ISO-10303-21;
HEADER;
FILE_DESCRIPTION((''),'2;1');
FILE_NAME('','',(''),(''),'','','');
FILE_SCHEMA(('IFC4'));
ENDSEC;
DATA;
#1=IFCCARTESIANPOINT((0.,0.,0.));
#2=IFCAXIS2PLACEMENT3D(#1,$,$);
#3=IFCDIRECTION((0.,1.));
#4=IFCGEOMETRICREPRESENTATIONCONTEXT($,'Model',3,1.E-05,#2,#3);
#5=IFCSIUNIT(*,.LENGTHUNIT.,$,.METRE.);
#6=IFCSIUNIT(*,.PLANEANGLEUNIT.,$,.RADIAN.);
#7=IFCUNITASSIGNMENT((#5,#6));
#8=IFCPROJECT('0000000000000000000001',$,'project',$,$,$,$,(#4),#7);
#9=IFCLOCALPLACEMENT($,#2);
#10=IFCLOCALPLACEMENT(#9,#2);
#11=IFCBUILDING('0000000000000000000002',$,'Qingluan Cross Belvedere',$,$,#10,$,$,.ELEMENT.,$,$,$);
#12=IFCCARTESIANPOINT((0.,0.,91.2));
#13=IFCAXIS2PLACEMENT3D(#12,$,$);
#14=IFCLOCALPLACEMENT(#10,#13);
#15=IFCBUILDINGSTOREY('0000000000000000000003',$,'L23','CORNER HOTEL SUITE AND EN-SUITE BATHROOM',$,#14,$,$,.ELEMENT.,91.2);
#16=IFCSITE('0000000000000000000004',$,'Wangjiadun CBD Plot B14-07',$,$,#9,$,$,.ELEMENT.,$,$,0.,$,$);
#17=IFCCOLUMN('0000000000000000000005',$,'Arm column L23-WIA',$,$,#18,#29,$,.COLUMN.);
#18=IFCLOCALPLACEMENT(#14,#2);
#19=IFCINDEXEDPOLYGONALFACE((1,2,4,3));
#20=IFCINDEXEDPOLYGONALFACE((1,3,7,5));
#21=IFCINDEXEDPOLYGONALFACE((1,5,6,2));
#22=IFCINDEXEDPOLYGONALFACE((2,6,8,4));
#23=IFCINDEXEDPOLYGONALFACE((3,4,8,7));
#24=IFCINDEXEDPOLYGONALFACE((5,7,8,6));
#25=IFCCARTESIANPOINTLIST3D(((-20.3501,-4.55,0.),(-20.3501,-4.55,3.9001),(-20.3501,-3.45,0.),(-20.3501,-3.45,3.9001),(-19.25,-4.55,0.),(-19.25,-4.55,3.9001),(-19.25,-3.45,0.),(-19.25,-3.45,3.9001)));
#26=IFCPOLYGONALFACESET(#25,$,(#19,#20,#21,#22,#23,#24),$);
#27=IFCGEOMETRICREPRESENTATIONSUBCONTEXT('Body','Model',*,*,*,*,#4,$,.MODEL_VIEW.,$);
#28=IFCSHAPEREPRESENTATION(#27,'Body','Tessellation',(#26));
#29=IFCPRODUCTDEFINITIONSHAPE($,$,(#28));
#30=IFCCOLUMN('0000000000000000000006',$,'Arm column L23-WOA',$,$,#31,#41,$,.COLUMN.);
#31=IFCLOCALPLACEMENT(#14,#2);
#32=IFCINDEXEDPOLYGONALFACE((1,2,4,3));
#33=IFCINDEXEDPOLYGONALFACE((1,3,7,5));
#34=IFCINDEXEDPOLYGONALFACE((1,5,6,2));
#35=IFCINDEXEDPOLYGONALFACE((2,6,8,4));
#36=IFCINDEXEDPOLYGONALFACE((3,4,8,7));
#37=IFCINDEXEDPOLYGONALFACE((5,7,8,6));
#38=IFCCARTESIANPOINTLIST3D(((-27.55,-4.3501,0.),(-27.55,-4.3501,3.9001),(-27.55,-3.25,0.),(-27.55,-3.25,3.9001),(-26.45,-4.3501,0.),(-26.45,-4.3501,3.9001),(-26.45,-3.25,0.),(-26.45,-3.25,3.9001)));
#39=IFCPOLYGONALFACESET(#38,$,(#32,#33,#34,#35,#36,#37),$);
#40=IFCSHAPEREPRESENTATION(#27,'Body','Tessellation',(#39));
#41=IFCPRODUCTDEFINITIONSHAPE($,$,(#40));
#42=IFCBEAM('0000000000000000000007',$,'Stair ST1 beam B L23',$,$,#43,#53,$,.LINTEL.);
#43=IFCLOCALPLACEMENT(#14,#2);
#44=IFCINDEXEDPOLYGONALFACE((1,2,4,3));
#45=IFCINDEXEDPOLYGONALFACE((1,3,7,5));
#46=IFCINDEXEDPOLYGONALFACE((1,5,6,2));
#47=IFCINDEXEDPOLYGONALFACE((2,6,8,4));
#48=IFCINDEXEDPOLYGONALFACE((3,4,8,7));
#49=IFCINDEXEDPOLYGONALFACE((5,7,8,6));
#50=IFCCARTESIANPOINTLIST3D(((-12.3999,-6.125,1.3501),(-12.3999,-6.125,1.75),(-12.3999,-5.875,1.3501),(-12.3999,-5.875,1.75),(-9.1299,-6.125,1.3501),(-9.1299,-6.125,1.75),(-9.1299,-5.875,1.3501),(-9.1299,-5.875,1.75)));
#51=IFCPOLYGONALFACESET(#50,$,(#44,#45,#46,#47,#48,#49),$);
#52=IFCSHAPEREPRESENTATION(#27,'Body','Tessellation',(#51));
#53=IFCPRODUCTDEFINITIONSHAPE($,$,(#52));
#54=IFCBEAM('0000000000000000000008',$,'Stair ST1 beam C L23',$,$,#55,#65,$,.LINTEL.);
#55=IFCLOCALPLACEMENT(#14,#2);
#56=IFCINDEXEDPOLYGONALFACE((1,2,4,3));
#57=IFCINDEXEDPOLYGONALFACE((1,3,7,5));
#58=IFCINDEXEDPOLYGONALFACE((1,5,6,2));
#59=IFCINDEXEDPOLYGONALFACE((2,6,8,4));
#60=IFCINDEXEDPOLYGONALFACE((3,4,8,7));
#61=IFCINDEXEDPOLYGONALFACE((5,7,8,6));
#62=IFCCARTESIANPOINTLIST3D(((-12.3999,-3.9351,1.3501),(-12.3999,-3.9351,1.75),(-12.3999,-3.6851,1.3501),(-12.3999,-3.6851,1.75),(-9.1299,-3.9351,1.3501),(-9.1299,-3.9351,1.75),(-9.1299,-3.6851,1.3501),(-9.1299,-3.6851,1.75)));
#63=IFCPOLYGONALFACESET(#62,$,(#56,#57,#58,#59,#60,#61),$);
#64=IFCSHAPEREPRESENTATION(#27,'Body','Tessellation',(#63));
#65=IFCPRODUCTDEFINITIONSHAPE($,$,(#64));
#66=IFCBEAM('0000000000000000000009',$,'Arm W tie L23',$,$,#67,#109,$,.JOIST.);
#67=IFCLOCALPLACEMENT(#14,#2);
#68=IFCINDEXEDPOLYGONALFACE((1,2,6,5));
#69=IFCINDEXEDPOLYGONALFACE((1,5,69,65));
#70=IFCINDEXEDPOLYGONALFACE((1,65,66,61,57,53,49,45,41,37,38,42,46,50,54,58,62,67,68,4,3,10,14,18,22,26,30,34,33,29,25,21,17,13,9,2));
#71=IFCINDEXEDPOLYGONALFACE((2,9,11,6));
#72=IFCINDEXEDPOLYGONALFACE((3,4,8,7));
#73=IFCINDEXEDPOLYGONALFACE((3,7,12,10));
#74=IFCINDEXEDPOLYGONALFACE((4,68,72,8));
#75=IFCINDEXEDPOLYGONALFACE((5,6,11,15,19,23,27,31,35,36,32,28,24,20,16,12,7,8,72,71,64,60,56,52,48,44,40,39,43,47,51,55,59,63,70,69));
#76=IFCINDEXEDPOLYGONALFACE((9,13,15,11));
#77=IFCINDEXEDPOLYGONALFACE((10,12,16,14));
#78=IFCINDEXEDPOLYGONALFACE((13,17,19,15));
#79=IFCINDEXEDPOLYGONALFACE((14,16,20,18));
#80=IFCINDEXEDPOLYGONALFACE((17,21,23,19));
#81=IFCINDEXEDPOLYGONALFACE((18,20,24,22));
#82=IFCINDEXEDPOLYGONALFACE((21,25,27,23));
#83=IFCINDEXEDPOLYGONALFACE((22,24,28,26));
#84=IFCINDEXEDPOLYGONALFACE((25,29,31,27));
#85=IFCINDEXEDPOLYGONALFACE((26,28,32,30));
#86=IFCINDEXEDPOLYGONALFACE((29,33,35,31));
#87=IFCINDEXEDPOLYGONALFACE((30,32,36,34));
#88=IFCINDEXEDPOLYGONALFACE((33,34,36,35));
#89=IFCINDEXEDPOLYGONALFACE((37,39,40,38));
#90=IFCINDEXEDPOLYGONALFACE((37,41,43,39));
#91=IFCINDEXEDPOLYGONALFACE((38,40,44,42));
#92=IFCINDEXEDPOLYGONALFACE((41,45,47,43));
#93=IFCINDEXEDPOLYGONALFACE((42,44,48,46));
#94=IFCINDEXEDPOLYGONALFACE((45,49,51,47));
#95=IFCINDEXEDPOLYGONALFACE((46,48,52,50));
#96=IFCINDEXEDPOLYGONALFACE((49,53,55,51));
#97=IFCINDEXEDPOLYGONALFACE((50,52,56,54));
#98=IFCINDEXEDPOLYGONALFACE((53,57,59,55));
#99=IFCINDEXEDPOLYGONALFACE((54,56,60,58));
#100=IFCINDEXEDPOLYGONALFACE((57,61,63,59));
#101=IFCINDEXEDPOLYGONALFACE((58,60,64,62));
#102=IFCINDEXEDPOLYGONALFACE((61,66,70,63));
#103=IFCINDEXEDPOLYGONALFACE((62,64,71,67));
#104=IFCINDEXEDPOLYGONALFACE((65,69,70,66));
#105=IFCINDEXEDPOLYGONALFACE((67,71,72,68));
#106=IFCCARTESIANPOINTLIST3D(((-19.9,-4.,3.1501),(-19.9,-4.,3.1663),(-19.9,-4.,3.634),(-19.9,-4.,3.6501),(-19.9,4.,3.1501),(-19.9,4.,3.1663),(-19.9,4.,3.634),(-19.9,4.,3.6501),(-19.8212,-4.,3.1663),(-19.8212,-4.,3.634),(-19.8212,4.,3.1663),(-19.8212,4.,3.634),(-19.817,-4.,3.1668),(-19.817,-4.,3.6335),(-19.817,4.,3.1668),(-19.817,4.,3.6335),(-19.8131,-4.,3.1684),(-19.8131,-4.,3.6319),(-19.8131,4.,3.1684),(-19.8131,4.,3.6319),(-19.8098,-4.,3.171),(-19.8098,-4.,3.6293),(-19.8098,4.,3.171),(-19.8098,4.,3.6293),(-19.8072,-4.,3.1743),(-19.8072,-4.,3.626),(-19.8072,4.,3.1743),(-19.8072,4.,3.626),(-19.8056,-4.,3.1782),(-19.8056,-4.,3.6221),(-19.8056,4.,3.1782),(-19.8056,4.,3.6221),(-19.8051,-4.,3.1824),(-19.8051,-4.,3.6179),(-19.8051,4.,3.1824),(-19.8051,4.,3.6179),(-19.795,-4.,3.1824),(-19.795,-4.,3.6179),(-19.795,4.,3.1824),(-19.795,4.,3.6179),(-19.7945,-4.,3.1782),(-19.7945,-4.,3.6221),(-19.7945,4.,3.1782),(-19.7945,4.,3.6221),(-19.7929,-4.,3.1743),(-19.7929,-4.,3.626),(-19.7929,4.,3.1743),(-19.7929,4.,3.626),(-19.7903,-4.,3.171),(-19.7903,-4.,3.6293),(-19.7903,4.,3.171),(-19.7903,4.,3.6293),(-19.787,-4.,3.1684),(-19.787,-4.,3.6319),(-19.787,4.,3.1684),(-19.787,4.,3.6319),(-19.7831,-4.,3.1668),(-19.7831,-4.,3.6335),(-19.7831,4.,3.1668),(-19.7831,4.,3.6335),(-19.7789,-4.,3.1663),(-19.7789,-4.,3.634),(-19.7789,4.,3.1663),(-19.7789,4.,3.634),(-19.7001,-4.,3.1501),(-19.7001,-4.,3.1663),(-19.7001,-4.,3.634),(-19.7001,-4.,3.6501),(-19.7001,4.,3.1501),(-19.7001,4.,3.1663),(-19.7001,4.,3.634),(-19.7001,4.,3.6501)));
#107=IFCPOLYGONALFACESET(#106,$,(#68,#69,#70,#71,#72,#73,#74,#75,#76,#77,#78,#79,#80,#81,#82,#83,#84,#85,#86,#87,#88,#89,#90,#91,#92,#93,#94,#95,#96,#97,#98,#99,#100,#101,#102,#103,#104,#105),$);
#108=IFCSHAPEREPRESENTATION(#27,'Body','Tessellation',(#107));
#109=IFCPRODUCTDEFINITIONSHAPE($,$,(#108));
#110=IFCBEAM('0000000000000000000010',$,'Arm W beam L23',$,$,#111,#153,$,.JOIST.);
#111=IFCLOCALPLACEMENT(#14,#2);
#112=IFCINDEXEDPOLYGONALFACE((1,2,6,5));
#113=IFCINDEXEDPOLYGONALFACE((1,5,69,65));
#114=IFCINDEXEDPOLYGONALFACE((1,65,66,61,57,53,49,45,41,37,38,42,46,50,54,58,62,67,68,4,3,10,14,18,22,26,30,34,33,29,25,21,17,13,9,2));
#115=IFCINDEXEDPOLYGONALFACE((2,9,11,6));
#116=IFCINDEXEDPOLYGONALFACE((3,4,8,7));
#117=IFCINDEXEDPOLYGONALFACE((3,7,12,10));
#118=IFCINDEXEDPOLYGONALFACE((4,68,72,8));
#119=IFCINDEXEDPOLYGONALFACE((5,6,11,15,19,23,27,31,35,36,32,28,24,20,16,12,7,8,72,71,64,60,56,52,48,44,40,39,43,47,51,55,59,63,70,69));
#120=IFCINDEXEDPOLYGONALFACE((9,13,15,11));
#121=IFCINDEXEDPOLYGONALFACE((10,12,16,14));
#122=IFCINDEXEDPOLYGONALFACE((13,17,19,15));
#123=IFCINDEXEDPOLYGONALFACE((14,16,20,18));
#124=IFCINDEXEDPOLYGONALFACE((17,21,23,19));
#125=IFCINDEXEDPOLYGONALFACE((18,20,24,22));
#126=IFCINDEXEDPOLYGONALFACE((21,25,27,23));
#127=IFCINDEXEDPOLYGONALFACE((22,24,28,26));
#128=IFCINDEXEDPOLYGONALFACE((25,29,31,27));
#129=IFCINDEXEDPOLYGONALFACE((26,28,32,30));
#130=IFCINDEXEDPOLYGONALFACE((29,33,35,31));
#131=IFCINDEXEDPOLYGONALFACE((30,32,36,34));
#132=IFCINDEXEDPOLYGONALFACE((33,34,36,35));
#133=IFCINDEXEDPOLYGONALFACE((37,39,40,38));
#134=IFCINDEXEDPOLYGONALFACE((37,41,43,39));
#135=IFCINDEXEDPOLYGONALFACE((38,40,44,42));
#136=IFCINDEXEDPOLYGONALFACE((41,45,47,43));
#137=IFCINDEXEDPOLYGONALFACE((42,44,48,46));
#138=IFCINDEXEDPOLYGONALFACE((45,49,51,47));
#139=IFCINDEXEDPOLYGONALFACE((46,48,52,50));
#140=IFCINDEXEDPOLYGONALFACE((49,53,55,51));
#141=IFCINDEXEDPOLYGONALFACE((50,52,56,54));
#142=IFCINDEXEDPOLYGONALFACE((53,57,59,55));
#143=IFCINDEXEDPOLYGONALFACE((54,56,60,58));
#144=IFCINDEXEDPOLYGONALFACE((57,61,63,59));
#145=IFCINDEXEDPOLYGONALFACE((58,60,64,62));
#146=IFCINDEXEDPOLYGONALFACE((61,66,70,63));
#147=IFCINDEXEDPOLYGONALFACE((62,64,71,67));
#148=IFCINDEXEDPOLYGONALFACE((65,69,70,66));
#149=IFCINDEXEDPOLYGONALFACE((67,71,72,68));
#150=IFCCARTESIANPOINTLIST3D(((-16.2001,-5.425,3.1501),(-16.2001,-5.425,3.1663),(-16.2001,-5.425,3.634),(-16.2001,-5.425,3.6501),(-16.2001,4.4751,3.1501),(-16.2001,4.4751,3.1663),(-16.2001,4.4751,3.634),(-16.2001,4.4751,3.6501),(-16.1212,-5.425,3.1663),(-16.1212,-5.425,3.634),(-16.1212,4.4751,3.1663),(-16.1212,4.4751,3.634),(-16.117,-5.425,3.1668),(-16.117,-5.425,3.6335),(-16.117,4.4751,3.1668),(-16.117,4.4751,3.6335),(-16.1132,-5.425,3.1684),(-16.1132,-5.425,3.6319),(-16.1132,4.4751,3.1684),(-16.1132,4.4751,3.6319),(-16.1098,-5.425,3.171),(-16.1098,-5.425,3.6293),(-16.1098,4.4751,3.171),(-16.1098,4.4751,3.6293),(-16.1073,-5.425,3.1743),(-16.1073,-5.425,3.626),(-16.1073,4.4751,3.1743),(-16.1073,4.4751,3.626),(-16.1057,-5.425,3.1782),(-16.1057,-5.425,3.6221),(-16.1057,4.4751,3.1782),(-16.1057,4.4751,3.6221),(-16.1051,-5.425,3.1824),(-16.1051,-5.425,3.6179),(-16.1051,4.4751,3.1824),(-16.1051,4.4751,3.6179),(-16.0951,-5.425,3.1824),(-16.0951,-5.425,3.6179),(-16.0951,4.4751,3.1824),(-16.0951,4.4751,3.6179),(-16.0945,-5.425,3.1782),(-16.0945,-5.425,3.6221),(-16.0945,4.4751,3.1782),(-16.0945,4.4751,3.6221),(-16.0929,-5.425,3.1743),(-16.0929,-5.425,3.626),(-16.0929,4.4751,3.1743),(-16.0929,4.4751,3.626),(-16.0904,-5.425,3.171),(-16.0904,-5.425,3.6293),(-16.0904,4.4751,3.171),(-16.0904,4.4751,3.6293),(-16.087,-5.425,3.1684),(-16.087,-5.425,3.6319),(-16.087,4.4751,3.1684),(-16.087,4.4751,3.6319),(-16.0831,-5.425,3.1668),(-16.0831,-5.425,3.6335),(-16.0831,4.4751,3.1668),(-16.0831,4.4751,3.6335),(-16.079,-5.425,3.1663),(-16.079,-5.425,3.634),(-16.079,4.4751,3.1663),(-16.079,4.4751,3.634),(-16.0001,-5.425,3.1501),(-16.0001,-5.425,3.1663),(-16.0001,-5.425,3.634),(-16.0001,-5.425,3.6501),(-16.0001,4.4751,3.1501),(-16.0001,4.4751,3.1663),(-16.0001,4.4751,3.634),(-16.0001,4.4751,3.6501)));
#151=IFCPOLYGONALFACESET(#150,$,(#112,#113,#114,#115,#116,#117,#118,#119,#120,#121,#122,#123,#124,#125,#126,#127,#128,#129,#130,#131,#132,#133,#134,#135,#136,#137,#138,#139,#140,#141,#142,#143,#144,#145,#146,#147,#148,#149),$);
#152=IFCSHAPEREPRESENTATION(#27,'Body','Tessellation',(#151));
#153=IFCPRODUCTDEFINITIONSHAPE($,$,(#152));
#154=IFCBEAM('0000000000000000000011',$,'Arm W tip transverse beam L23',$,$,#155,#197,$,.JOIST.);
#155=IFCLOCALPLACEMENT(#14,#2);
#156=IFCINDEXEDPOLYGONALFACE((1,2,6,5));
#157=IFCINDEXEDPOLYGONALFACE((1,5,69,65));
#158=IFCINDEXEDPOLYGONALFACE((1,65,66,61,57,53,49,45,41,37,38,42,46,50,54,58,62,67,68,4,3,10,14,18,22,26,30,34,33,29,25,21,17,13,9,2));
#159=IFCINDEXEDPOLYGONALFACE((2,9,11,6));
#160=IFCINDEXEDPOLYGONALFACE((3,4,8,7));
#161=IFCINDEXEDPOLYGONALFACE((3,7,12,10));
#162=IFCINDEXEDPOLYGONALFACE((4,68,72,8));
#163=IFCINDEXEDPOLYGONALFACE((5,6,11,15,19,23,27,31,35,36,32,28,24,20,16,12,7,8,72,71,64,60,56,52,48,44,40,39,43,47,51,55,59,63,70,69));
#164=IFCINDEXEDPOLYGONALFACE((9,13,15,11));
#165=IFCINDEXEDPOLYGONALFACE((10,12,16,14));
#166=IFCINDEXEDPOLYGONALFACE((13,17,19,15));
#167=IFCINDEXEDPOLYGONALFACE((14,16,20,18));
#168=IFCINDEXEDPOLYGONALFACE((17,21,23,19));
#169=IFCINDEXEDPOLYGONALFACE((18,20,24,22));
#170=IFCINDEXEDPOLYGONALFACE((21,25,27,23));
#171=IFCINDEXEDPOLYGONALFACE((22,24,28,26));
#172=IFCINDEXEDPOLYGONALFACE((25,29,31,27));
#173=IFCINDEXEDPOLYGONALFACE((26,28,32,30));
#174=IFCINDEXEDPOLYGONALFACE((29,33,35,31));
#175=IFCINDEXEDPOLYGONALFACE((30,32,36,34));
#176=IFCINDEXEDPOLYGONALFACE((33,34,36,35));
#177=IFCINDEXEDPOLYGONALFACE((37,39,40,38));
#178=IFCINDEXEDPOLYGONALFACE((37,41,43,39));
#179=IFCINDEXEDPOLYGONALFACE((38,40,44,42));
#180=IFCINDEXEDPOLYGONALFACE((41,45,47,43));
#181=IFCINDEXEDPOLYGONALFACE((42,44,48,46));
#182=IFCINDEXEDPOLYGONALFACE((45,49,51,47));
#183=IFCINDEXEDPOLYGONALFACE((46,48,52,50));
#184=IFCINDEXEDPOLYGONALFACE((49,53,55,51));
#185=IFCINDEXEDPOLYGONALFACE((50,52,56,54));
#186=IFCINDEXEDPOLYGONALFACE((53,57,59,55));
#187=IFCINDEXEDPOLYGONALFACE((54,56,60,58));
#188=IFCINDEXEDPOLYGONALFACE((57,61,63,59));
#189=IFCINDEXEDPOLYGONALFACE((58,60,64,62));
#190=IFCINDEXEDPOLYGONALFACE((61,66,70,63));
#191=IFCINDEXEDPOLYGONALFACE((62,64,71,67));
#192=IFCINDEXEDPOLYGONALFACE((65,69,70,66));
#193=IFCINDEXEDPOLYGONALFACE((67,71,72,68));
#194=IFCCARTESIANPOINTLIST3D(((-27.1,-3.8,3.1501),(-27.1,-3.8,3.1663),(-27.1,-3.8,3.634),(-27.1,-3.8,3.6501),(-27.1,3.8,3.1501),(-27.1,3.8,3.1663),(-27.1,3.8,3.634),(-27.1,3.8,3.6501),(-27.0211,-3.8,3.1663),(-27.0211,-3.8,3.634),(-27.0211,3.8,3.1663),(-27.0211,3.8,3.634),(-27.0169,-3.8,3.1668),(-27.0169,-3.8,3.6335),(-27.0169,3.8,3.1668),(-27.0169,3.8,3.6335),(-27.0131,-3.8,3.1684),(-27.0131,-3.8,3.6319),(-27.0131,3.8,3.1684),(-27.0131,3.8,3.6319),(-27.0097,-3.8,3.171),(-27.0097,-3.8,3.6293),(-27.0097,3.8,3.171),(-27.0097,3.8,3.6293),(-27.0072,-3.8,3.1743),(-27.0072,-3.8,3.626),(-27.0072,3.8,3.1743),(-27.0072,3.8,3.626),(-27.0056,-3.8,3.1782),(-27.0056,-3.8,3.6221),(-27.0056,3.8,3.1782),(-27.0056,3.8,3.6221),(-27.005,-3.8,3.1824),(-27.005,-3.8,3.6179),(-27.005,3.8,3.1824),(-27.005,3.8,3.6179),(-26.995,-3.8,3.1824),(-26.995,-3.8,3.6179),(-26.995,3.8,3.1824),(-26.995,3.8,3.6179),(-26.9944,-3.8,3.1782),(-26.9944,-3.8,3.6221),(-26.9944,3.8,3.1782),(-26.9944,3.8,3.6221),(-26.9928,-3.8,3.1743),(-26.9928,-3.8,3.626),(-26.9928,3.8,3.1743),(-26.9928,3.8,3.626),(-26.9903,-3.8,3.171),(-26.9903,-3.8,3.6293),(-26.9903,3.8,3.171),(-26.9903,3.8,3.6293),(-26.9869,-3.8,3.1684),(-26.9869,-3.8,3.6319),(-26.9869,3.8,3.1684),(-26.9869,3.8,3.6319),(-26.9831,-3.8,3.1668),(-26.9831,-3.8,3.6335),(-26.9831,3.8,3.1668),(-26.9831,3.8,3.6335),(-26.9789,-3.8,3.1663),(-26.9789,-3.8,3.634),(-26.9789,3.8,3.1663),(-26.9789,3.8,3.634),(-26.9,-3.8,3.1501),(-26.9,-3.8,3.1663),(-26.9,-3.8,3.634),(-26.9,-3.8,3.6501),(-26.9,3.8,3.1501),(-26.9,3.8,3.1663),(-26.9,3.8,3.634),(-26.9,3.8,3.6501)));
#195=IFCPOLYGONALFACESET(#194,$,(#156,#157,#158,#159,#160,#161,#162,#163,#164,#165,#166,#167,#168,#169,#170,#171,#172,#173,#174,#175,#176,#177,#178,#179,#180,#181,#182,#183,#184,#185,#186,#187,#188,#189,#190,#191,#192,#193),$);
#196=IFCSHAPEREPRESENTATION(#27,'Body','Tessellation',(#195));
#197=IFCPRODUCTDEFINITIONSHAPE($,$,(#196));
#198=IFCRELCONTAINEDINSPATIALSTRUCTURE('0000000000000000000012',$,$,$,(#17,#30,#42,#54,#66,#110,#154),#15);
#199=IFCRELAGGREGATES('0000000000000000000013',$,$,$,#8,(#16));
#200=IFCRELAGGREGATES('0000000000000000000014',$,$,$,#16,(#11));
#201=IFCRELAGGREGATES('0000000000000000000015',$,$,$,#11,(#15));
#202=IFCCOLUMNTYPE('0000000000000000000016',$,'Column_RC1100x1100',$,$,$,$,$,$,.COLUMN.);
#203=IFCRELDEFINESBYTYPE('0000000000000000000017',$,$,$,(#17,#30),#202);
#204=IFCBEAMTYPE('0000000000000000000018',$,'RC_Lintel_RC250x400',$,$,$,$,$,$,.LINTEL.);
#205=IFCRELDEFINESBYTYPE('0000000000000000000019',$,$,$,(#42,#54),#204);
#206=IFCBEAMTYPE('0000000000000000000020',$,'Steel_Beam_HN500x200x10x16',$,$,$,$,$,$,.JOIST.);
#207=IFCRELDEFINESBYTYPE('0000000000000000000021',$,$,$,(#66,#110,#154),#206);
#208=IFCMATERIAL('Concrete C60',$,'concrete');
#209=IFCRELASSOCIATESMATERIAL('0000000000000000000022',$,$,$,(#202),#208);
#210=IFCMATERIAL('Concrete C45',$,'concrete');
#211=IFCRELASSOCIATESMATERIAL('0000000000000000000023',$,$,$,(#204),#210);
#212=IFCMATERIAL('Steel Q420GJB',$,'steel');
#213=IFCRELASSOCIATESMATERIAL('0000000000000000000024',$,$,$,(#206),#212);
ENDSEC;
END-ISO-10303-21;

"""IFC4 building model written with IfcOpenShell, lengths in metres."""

from ifc_helpers import new_model, si_unit, direction, frame, origin, origin_2d, place, context, subcontext, project, spatial, rectangle, i_section, extrude, material, material_profile, profile_set, type_object, element, save


model = new_model("IFC4")

# Units and contexts
model_context = context("Model", 3, precision=1e-05, world=origin(), true_north=direction((0.0, 1.0)))
body_context = subcontext(model_context, "Body", "Model", "MODEL_VIEW")
ifc_project = project(units=[si_unit("LENGTHUNIT", "METRE"), si_unit("PLANEANGLEUNIT", "RADIAN")], contexts=[model_context])

# Site, building, storey
site_placement = place(None, origin())
site = spatial("IfcSite", under=ifc_project, at=site_placement, Name="Wangjiadun CBD Plot B14-07", CompositionType="ELEMENT", RefElevation=0.0)
building_placement = place(site_placement, origin())
building = spatial("IfcBuilding", under=site, at=building_placement, Name="Qingluan Cross Belvedere", CompositionType="ELEMENT")
storey_placement = place(building_placement, frame((0.0, 0.0, 91.2)))
storey = spatial("IfcBuildingStorey", under=building, at=storey_placement, Name="L23", Description="CORNER HOTEL SUITE AND EN-SUITE BATHROOM", CompositionType="ELEMENT", Elevation=91.2)

# Columns
ifc_material_1 = material(Name="Concrete C60", Category="concrete")
ifc_material_profile_1 = material_profile(ifc_material_1, rectangle(XDim=1.1001, YDim=1.1001, at=origin_2d()), Name="RC1100x1100")
ifc_profile_set_1 = profile_set([ifc_material_profile_1], Name="Concrete C60")
column_type = type_object("IfcColumnType", Name="Column_RC1100x1100", PredefinedType="COLUMN", material=ifc_profile_set_1)
for number, where, z_axis, x_axis, name in (
    (1, (-19.8, -4.0, 0.0), (0.0, 0.0, 1.0), (1.0, 0.0, 0.0), "Arm column L23-WIA"),
    (2, (-27.0, -3.8, 0.0), (0.0, 0.0, 1.0), (1.0, 0.0, 0.0), "Arm column L23-WOA"),
):
    element("IfcColumn", number, at=place(storey_placement, frame(where, z_axis=z_axis, x_axis=x_axis)), inside=storey, type_object=column_type, Name=name, PredefinedType="COLUMN", context=body_context, shape_type="SweptSolid", body=[
        extrude(rectangle(XDim=1.1001, YDim=1.1001, at=origin_2d()), origin(), (0.0, 0.0, 1.0), 3.9001),
    ])

# Beams
ifc_material_2 = material(Name="Concrete C45", Category="concrete")
ifc_material_profile_2 = material_profile(ifc_material_2, rectangle(XDim=0.25, YDim=0.3999, at=origin_2d()), Name="RC250x400")
ifc_profile_set_2 = profile_set([ifc_material_profile_2], Name="Concrete C45")
beam_type_1 = type_object("IfcBeamType", Name="RC_Lintel_RC250x400", PredefinedType="LINTEL", material=ifc_profile_set_2)
for number, where, z_axis, x_axis, name in (
    (3, (-12.3999, -6.0, 1.55), (1.0, 0.0, 0.0), (0.0, 1.0, 0.0), "Stair ST1 beam B L23"),
    (4, (-12.3999, -3.8101, 1.55), (1.0, 0.0, 0.0), (0.0, 1.0, 0.0), "Stair ST1 beam C L23"),
):
    element("IfcBeam", number, at=place(storey_placement, frame(where, z_axis=z_axis, x_axis=x_axis)), inside=storey, type_object=beam_type_1, Name=name, PredefinedType="LINTEL", context=body_context, shape_type="SweptSolid", body=[
        extrude(rectangle(XDim=0.25, YDim=0.3999, at=origin_2d()), origin(), (0.0, 0.0, 1.0), 3.27),
    ])
ifc_material_3 = material(Name="Steel Q420GJB", Category="steel")
ifc_material_profile_3 = material_profile(ifc_material_3, i_section(OverallWidth=0.2, OverallDepth=0.5, WebThickness=0.01, FlangeThickness=0.0161, FilletRadius=0.0161, at=origin_2d()), Name="HN500x200x10x16")
ifc_profile_set_3 = profile_set([ifc_material_profile_3], Name="Steel Q420GJB")
beam_type_2 = type_object("IfcBeamType", Name="Steel_Beam_HN500x200x10x16", PredefinedType="JOIST", material=ifc_profile_set_3)
beam_1_placement = place(storey_placement, frame((-19.8, -4.0, 3.4001), z_axis=(0.0, 1.0, 0.0), x_axis=(-1.0, 0.0, 0.0)))
element("IfcBeam", 5, at=beam_1_placement, inside=storey, type_object=beam_type_2, Name="Arm W tie L23", PredefinedType="JOIST", context=body_context, shape_type="SweptSolid", body=[
    extrude(i_section(OverallWidth=0.2, OverallDepth=0.5, WebThickness=0.01, FlangeThickness=0.0161, FilletRadius=0.0161, at=origin_2d()), origin(), (0.0, 0.0, 1.0), 8.0),
])
beam_2_placement = place(storey_placement, frame((-16.1001, -5.425, 3.4001), z_axis=(0.0, 1.0, 0.0), x_axis=(-1.0, 0.0, 0.0)))
element("IfcBeam", 6, at=beam_2_placement, inside=storey, type_object=beam_type_2, Name="Arm W beam L23", PredefinedType="JOIST", context=body_context, shape_type="SweptSolid", body=[
    extrude(i_section(OverallWidth=0.2, OverallDepth=0.5, WebThickness=0.01, FlangeThickness=0.0161, FilletRadius=0.0161, at=origin_2d()), origin(), (0.0, 0.0, 1.0), 9.9001),
])
beam_3_placement = place(storey_placement, frame((-27.0, -3.8, 3.4001), z_axis=(0.0, 1.0, 0.0), x_axis=(-1.0, 0.0, 0.0)))
element("IfcBeam", 7, at=beam_3_placement, inside=storey, type_object=beam_type_2, Name="Arm W tip transverse beam L23", PredefinedType="JOIST", context=body_context, shape_type="SweptSolid", body=[
    extrude(i_section(OverallWidth=0.2, OverallDepth=0.5, WebThickness=0.01, FlangeThickness=0.0161, FilletRadius=0.0161, at=origin_2d()), origin(), (0.0, 0.0, 1.0), 7.6001),
])

save(model, "model.ifc")
